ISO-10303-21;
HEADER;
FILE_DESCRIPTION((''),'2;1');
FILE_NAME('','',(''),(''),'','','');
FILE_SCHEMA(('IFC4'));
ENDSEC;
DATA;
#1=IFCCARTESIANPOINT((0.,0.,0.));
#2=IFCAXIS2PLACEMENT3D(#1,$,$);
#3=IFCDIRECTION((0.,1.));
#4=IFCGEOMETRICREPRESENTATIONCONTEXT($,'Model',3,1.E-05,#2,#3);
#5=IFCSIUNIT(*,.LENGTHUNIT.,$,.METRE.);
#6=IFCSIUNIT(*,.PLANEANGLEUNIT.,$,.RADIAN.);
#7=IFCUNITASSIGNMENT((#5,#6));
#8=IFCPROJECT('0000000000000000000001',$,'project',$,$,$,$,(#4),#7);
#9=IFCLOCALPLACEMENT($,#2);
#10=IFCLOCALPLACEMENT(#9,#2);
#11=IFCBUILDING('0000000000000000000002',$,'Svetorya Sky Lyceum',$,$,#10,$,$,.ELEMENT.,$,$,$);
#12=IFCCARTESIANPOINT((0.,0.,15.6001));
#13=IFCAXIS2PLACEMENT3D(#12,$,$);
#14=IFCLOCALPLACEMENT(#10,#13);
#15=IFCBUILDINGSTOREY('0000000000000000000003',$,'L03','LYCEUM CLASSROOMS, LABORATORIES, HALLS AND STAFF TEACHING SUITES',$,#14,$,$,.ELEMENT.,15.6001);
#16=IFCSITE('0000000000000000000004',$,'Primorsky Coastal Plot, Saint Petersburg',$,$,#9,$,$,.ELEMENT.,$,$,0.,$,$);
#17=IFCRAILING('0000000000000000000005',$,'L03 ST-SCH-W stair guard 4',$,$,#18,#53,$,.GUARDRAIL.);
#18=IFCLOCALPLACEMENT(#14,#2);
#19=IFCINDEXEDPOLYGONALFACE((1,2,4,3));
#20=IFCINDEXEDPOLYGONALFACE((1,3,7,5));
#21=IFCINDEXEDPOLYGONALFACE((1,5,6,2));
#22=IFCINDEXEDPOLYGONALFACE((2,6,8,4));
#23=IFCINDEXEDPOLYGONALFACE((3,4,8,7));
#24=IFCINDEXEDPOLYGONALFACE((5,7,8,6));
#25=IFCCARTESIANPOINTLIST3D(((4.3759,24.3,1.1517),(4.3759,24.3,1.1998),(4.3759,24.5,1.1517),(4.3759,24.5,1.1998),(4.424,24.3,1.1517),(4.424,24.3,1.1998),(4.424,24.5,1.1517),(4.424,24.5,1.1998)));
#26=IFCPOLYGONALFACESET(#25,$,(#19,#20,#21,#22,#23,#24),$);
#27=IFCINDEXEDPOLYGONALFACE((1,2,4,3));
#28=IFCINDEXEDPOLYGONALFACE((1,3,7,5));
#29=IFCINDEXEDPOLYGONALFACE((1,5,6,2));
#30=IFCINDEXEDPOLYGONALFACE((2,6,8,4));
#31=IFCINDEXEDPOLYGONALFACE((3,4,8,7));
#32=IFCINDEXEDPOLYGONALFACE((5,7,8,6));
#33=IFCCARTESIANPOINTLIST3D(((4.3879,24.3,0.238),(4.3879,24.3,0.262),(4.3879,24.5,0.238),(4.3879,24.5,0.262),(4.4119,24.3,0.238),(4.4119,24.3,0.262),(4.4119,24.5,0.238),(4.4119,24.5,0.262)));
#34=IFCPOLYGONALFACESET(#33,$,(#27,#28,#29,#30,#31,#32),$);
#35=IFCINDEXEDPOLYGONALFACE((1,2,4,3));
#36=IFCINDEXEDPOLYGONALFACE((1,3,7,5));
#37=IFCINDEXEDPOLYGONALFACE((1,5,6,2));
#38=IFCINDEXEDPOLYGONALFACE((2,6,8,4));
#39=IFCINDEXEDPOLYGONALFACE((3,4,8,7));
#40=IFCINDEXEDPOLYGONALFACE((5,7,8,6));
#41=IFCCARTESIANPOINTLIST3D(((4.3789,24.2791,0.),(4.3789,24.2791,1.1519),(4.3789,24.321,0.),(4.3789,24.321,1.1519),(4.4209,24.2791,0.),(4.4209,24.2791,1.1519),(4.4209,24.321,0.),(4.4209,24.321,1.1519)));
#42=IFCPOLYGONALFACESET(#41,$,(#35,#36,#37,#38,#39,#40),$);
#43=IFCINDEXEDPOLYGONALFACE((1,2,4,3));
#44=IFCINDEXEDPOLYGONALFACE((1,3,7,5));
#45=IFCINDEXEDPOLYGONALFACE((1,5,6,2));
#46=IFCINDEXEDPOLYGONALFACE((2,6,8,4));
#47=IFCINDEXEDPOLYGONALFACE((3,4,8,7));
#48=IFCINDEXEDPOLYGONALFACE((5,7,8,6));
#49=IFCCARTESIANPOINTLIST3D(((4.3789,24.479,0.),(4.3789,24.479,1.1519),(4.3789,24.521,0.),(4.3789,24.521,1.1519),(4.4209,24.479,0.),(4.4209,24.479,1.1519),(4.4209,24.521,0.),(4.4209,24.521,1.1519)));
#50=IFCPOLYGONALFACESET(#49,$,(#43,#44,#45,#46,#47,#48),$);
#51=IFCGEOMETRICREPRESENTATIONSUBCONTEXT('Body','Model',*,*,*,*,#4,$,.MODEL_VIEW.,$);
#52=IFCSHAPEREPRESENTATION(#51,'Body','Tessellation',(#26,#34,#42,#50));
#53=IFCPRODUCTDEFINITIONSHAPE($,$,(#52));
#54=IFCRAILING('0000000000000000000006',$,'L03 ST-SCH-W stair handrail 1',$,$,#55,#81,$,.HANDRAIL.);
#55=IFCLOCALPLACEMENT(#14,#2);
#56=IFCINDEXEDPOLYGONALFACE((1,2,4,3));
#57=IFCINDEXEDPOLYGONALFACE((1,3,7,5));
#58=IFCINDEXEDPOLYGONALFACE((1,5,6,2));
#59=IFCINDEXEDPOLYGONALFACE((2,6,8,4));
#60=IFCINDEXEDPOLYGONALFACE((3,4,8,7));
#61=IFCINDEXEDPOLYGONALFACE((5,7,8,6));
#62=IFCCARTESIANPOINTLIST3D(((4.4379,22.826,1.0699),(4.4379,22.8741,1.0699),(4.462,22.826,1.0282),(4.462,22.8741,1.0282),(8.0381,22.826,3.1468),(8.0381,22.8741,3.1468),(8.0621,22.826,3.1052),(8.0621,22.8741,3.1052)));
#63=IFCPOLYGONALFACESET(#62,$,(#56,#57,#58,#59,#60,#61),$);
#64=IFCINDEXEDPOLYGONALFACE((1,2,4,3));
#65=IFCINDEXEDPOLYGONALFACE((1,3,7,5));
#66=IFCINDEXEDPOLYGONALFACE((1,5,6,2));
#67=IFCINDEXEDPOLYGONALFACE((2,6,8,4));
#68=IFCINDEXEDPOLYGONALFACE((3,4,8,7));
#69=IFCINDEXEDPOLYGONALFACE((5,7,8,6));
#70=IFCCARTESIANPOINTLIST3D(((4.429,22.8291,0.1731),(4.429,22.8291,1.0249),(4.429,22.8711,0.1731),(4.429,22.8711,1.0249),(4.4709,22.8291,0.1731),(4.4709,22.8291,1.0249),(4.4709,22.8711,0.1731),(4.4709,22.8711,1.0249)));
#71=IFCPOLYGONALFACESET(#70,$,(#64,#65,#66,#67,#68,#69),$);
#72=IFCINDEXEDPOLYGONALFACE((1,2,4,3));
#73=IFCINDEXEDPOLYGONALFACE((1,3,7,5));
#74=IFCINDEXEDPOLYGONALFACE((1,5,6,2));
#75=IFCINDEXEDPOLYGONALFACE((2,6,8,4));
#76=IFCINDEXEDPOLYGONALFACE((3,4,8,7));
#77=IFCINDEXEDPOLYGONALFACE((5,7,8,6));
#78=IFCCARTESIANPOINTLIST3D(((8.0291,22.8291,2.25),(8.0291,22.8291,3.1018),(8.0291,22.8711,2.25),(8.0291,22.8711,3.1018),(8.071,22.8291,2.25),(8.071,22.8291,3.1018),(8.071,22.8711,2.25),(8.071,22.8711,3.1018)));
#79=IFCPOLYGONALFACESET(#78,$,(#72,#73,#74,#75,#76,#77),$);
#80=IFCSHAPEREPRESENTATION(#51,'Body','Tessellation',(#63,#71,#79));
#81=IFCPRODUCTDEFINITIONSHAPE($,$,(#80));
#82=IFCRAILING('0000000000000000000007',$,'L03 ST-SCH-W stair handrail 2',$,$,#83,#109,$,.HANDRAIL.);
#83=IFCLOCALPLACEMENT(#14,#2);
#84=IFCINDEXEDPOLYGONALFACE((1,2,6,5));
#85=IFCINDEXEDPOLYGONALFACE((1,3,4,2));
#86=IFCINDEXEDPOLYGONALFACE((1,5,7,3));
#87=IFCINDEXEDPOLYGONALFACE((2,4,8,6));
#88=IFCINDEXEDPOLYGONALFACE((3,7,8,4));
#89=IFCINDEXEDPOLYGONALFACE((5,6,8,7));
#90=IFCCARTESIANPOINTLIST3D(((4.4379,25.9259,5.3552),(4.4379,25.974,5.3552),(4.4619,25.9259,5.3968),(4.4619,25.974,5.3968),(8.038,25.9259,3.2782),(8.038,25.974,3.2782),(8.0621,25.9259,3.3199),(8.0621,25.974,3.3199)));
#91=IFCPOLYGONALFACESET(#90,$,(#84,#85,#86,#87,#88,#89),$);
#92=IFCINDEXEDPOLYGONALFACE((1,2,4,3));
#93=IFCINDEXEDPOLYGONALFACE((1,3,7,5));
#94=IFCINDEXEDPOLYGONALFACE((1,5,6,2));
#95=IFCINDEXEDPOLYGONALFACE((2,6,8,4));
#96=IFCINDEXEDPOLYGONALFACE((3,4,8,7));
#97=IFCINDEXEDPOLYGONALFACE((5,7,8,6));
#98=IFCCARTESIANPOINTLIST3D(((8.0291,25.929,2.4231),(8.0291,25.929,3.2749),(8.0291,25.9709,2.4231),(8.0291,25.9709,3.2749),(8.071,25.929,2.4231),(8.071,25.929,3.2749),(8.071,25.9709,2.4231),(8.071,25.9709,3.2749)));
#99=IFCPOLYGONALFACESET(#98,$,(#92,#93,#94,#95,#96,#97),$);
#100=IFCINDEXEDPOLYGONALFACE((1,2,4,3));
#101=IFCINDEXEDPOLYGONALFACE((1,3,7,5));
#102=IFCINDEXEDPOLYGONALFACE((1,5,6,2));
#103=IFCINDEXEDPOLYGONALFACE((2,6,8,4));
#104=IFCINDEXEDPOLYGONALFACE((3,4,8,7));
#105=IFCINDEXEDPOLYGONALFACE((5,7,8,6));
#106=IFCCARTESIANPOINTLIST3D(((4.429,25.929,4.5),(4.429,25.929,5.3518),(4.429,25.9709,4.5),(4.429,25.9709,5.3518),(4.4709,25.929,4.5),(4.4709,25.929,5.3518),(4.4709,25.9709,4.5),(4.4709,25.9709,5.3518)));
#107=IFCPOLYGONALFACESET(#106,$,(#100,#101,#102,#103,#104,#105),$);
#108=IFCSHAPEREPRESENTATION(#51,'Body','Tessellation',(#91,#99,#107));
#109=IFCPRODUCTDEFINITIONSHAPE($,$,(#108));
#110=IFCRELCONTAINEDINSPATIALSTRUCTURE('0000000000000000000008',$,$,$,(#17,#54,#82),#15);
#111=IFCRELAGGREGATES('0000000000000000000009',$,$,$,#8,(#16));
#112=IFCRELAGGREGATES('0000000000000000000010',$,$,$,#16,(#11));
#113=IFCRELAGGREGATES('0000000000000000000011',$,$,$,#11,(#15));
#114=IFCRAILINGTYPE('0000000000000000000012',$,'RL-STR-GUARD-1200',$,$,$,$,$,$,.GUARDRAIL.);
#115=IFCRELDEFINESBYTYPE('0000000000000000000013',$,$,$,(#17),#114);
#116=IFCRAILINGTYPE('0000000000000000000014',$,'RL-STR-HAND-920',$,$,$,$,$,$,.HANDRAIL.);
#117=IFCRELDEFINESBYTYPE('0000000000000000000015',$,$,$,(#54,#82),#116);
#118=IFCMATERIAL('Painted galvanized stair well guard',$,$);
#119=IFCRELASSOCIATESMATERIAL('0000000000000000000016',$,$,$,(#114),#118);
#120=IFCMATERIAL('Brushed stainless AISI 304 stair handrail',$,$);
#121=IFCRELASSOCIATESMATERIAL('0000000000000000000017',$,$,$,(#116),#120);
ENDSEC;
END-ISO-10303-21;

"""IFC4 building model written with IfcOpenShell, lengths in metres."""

from ifc_helpers import new_model, si_unit, direction, frame, origin, origin_2d, place, context, subcontext, project, spatial, rectangle, extrude, material, type_object, element, save


model = new_model("IFC4")

# Units and contexts
model_context = context("Model", 3, precision=1e-05, world=origin(), true_north=direction((0.0, 1.0)))
body_context = subcontext(model_context, "Body", "Model", "MODEL_VIEW")
ifc_project = project(units=[si_unit("LENGTHUNIT", "METRE"), si_unit("PLANEANGLEUNIT", "RADIAN")], contexts=[model_context])

# Site, building, storey
site_placement = place(None, origin())
site = spatial("IfcSite", under=ifc_project, at=site_placement, Name="Primorsky Coastal Plot, Saint Petersburg", CompositionType="ELEMENT", RefElevation=0.0)
building_placement = place(site_placement, origin())
building = spatial("IfcBuilding", under=site, at=building_placement, Name="Svetorya Sky Lyceum", CompositionType="ELEMENT")
storey_placement = place(building_placement, frame((0.0, 0.0, 15.6001)))
storey = spatial("IfcBuildingStorey", under=building, at=storey_placement, Name="L03", Description="LYCEUM CLASSROOMS, LABORATORIES, HALLS AND STAFF TEACHING SUITES", CompositionType="ELEMENT", Elevation=15.6001)

# Railings
ifc_material_1 = material(Name="Painted galvanized stair well guard")
railing_type_1 = type_object("IfcRailingType", Name="RL-STR-GUARD-1200", PredefinedType="GUARDRAIL", material=ifc_material_1)
railing_1_placement = place(storey_placement, frame((4.3999, 24.3, 0.0)))
element("IfcRailing", 1, at=railing_1_placement, inside=storey, type_object=railing_type_1, Name="L03 ST-SCH-W stair guard 4", PredefinedType="GUARDRAIL", context=body_context, shape_type="SweptSolid", body=[
    extrude(rectangle(XDim=0.0481, YDim=0.0481, at=origin_2d()), frame((0.0, 0.0, 1.1758), z_axis=(0.0, 1.0, 0.0), x_axis=(-1.0, 0.0, 0.0)), (0.0, 0.0, 1.0), 0.2),
    extrude(rectangle(XDim=0.0239, YDim=0.0239, at=origin_2d()), frame((0.0, 0.0, 0.25), z_axis=(0.0, 1.0, 0.0), x_axis=(-1.0, 0.0, 0.0)), (0.0, 0.0, 1.0), 0.2),
    extrude(rectangle(XDim=0.042, YDim=0.042, at=origin_2d()), origin(), (0.0, 0.0, 1.0), 1.1519),
    extrude(rectangle(XDim=0.042, YDim=0.042, at=origin_2d()), frame((0.0, 0.2, 0.0)), (0.0, 0.0, 1.0), 1.1519),
])
ifc_material_2 = material(Name="Brushed stainless AISI 304 stair handrail")
railing_type_2 = type_object("IfcRailingType", Name="RL-STR-HAND-920", PredefinedType="HANDRAIL", material=ifc_material_2)
railing_2_placement = place(storey_placement, frame((4.45, 22.8501, 0.1731)))
element("IfcRailing", 2, at=railing_2_placement, inside=storey, type_object=railing_type_2, Name="L03 ST-SCH-W stair handrail 1", PredefinedType="HANDRAIL", context=body_context, shape_type="SweptSolid", body=[
    extrude(rectangle(XDim=0.0481, YDim=0.0481, at=origin_2d()), frame((0.0, 0.0, 0.876), z_axis=(0.866193, 0.0, 0.499709), x_axis=(0.0, 1.0, 0.0)), (0.0, 0.0, 1.0), 4.1562),
    extrude(rectangle(XDim=0.042, YDim=0.042, at=origin_2d()), origin(), (0.0, 0.0, 1.0), 0.8518),
    extrude(rectangle(XDim=0.042, YDim=0.042, at=origin_2d()), frame((3.6001, 0.0, 2.0769)), (0.0, 0.0, 1.0), 0.8518),
])
railing_3_placement = place(storey_placement, frame((8.05, 25.95, 2.4231)))
element("IfcRailing", 3, at=railing_3_placement, inside=storey, type_object=railing_type_2, Name="L03 ST-SCH-W stair handrail 2", PredefinedType="HANDRAIL", context=body_context, shape_type="SweptSolid", body=[
    extrude(rectangle(XDim=0.0481, YDim=0.0481, at=origin_2d()), frame((0.0, 0.0, 0.876), z_axis=(-0.866193, 0.0, 0.499709), x_axis=(0.0, -1.0, 0.0)), (0.0, 0.0, 1.0), 4.1562),
    extrude(rectangle(XDim=0.042, YDim=0.042, at=origin_2d()), origin(), (0.0, 0.0, 1.0), 0.8518),
    extrude(rectangle(XDim=0.042, YDim=0.042, at=origin_2d()), frame((-3.6001, 0.0, 2.0769)), (0.0, 0.0, 1.0), 0.8518),
])

save(model, "model.ifc")
